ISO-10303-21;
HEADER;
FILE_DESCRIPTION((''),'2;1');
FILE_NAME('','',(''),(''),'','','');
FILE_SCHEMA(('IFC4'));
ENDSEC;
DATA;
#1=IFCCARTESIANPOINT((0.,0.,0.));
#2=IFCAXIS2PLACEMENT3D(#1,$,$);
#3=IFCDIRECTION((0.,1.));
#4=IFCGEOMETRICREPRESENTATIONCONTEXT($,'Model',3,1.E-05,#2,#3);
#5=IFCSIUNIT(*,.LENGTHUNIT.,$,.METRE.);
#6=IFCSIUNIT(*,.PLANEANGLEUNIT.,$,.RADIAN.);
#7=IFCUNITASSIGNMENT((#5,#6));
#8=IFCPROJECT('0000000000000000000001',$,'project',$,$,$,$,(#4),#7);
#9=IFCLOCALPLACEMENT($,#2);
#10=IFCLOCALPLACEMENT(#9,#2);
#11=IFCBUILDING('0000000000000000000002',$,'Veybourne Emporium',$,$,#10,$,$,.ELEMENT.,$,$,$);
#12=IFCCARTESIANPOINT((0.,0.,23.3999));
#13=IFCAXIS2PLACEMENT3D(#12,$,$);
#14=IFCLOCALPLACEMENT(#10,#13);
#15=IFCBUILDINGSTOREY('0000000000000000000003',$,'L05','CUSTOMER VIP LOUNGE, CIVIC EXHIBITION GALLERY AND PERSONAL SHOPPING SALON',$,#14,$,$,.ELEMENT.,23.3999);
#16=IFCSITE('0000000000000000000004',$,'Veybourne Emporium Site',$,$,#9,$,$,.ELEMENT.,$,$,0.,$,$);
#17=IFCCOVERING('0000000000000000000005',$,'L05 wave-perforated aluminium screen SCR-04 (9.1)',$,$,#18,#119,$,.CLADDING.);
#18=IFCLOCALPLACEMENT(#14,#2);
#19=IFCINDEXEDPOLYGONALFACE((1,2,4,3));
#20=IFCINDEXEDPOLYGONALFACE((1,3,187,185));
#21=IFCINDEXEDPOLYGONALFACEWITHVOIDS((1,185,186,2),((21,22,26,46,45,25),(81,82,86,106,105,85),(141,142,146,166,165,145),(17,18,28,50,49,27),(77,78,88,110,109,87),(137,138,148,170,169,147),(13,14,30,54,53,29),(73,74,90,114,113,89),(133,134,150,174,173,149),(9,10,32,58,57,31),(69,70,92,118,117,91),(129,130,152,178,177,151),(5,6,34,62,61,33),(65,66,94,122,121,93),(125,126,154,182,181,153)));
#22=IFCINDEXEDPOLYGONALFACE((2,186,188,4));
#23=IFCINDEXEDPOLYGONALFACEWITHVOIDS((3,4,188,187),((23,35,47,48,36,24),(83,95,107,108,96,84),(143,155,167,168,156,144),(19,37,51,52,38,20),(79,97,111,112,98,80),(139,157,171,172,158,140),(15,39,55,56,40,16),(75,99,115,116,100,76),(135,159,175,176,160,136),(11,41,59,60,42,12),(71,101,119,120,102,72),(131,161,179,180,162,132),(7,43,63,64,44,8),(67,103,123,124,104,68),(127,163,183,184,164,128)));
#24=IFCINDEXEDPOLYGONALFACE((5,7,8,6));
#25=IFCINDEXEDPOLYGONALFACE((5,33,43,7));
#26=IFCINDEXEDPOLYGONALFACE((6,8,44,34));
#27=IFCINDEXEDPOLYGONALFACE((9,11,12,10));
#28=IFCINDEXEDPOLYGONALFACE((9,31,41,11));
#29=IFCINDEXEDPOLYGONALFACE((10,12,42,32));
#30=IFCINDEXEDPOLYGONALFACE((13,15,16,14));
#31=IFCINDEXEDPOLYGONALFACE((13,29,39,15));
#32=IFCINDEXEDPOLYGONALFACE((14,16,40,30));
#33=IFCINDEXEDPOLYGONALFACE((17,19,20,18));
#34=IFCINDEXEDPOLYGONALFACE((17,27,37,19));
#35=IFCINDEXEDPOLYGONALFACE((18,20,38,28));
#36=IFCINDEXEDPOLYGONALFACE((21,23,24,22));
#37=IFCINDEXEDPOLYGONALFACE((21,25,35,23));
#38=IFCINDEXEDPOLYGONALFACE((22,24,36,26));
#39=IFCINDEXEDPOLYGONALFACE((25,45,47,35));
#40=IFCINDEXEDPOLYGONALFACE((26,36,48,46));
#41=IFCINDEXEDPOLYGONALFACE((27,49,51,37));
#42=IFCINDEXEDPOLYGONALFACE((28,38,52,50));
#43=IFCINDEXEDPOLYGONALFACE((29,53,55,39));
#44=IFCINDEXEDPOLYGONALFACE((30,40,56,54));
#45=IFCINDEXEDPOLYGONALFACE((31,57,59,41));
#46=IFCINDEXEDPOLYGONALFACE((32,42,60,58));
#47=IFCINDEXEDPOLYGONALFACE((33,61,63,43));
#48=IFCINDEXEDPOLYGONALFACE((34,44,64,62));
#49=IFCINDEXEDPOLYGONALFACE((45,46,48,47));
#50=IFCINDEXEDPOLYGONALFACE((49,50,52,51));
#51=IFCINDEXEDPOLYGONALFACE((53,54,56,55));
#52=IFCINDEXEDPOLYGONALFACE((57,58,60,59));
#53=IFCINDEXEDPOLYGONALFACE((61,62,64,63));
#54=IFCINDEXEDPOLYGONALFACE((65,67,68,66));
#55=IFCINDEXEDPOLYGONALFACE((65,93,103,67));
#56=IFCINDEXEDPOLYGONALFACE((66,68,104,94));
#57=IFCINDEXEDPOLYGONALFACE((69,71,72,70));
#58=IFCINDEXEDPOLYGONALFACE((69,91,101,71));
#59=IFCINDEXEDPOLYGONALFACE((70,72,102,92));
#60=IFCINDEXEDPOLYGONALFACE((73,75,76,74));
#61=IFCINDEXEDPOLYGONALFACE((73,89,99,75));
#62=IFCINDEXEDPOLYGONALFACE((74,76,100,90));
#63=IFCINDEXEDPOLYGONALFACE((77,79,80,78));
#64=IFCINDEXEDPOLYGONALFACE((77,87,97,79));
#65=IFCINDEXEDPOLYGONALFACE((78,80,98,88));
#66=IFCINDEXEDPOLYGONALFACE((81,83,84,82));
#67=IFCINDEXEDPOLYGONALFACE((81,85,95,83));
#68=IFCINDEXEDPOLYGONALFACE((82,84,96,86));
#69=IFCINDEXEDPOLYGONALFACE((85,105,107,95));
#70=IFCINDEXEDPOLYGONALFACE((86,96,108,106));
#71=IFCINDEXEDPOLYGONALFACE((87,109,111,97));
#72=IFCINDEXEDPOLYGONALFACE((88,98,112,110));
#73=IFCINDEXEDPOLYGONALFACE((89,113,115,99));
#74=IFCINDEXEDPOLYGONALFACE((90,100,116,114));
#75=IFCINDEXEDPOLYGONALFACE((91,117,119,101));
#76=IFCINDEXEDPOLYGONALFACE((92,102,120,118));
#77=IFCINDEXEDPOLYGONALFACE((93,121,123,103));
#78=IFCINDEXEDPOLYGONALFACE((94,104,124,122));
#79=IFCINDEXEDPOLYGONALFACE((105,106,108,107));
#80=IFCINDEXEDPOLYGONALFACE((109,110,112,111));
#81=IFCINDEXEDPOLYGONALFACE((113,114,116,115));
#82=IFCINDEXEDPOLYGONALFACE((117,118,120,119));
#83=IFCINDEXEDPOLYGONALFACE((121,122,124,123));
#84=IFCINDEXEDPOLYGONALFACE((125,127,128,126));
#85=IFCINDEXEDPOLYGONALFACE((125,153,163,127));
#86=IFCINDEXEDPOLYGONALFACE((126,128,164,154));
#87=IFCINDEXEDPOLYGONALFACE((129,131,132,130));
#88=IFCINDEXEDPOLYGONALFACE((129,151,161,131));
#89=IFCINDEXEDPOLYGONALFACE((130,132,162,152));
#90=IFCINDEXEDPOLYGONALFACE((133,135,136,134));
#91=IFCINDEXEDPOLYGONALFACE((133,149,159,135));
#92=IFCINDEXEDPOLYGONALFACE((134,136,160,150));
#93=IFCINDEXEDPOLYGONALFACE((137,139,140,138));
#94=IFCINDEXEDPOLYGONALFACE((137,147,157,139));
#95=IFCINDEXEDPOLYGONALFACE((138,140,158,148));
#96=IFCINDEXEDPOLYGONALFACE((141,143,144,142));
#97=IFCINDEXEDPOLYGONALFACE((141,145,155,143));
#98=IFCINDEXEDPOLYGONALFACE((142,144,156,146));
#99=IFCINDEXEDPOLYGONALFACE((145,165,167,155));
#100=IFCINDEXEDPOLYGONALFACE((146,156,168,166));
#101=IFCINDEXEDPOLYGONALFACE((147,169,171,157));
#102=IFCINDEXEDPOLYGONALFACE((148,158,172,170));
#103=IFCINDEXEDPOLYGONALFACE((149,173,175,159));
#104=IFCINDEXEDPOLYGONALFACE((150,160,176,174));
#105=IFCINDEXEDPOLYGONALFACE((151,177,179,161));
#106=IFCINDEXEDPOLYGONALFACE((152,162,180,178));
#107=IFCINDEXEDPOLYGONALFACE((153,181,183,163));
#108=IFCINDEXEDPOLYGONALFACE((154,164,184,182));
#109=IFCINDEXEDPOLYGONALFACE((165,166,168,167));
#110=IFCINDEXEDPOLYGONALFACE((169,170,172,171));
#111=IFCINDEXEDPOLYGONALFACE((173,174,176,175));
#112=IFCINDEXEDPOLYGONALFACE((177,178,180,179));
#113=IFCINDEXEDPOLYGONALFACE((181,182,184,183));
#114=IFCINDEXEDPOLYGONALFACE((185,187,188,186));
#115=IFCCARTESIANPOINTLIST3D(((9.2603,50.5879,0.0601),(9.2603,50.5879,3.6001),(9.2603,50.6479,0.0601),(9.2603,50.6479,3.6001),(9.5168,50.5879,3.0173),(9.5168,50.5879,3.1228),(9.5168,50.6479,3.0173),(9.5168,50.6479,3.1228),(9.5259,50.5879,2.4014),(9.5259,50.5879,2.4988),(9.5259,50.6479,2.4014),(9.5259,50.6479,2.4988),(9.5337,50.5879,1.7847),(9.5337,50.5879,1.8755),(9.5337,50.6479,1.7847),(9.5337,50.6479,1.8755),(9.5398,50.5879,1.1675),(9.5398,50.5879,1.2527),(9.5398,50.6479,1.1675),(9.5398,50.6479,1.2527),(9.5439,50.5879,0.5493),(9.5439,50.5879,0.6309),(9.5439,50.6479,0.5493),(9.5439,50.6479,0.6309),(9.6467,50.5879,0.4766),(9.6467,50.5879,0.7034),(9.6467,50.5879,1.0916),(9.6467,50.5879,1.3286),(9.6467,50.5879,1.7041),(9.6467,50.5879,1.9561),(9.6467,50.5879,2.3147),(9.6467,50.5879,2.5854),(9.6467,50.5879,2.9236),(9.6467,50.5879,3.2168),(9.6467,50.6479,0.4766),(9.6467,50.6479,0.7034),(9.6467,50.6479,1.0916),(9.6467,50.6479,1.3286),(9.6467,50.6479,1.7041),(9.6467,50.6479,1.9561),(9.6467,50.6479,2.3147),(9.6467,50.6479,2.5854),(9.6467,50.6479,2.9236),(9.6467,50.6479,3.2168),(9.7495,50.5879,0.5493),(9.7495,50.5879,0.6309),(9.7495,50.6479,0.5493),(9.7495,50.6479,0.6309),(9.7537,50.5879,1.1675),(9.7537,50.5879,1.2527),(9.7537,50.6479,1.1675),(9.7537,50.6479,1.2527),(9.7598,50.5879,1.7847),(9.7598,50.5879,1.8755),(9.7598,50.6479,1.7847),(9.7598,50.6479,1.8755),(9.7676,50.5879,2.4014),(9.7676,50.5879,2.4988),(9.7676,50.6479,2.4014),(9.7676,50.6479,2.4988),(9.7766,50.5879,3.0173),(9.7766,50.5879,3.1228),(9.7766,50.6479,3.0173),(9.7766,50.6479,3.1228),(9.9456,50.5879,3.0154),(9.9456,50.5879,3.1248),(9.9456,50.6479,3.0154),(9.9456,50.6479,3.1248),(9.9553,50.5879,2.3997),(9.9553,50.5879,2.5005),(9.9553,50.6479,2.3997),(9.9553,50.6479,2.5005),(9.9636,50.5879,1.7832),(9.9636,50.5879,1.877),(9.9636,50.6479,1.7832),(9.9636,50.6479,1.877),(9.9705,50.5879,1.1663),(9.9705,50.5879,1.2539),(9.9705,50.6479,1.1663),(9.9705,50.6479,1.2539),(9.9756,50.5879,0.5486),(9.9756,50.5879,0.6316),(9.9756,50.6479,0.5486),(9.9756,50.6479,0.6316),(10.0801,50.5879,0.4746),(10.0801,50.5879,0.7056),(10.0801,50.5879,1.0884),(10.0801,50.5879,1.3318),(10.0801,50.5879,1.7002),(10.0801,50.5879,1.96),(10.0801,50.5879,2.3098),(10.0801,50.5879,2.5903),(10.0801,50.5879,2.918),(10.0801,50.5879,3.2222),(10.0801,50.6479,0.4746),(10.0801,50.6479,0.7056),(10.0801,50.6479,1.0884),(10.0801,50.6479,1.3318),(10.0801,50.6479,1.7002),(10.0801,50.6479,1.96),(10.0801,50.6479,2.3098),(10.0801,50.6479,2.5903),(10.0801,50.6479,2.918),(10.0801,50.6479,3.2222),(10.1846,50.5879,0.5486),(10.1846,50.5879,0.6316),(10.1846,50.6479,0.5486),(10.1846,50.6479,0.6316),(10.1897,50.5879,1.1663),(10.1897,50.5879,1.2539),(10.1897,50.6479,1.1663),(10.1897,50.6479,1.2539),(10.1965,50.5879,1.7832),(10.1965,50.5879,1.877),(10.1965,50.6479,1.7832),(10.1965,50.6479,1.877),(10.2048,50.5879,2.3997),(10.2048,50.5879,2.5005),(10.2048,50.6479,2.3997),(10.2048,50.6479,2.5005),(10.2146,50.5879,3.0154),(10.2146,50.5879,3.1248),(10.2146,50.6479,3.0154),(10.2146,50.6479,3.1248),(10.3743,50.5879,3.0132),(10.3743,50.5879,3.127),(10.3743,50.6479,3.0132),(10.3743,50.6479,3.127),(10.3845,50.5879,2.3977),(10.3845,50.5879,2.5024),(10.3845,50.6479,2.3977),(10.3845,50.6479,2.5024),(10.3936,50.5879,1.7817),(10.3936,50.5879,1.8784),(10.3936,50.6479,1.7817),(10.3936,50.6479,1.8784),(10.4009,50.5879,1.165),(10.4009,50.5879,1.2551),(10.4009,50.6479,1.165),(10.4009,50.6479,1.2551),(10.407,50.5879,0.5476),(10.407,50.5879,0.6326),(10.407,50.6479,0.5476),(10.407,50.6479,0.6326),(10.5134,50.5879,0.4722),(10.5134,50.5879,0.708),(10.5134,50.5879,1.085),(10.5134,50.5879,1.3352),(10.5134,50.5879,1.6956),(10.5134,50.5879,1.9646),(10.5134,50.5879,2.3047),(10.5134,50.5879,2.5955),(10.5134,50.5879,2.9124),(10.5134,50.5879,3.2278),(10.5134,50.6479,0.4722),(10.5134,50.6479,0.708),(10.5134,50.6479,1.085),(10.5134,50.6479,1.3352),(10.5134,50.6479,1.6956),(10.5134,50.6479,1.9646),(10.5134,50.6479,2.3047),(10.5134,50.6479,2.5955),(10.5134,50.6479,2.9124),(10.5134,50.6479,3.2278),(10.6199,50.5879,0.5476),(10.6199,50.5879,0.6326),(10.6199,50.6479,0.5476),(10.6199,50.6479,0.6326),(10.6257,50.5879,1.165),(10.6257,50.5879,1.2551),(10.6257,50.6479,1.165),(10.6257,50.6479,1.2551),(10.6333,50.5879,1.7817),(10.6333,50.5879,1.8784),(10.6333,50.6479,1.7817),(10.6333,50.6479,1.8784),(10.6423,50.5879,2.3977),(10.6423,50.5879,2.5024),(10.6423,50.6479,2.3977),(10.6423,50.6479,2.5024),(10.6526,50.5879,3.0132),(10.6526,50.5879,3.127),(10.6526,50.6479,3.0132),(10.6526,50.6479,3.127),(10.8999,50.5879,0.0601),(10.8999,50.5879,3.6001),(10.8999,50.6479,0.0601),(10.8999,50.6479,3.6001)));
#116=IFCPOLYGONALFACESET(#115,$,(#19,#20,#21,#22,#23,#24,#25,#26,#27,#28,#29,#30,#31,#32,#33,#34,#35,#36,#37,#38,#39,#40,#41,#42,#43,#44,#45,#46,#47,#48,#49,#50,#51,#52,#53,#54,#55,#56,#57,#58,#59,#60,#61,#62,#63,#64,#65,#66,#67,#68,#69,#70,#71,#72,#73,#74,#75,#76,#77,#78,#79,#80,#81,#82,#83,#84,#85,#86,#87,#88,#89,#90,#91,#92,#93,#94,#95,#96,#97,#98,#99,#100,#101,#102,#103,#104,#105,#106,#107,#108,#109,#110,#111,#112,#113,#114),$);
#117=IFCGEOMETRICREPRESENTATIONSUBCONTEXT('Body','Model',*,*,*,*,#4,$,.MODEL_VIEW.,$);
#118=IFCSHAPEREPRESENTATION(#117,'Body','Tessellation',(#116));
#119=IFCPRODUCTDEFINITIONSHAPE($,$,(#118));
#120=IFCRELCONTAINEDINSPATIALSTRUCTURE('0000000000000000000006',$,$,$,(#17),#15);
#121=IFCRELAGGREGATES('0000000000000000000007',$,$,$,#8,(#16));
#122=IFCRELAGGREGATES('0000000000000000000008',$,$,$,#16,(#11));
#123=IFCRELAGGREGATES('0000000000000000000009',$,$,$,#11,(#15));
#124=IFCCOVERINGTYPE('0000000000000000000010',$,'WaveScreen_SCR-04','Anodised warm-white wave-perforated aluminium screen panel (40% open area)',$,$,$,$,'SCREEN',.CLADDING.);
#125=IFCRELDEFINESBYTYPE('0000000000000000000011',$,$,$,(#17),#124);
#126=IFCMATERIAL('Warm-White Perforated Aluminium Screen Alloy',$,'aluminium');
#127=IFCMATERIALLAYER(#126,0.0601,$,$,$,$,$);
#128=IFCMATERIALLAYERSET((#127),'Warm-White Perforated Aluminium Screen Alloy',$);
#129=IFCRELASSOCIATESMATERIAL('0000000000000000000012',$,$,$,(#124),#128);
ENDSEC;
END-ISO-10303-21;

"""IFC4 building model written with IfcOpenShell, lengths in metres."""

from ifc_helpers import new_model, si_unit, direction, frame, origin, place, context, subcontext, project, spatial, polyline, outline, extrude, material, layer, layer_set, type_object, element, save


model = new_model("IFC4")

# Units and contexts
model_context = context("Model", 3, precision=1e-05, world=origin(), true_north=direction((0.0, 1.0)))
body_context = subcontext(model_context, "Body", "Model", "MODEL_VIEW")
ifc_project = project(units=[si_unit("LENGTHUNIT", "METRE"), si_unit("PLANEANGLEUNIT", "RADIAN")], contexts=[model_context])

# Site, building, storey
site_placement = place(None, origin())
site = spatial("IfcSite", under=ifc_project, at=site_placement, Name="Veybourne Emporium Site", CompositionType="ELEMENT", RefElevation=0.0)
building_placement = place(site_placement, origin())
building = spatial("IfcBuilding", under=site, at=building_placement, Name="Veybourne Emporium", CompositionType="ELEMENT")
storey_placement = place(building_placement, frame((0.0, 0.0, 23.3999)))
storey = spatial("IfcBuildingStorey", under=building, at=storey_placement, Name="L05", Description="CUSTOMER VIP LOUNGE, CIVIC EXHIBITION GALLERY AND PERSONAL SHOPPING SALON", CompositionType="ELEMENT", Elevation=23.3999)

# Covering
ifc_material_1 = material(Name="Warm-White Perforated Aluminium Screen Alloy", Category="aluminium")
ifc_layer_1 = layer(ifc_material_1, 0.0601)
ifc_layer_set_1 = layer_set([ifc_layer_1], Name="Warm-White Perforated Aluminium Screen Alloy")
covering_type_1 = type_object("IfcCoveringType", Name="WaveScreen_SCR-04", Description="Anodised warm-white wave-perforated aluminium screen panel (40% open area)", ElementType="SCREEN", PredefinedType="CLADDING", material=ifc_layer_set_1)
covering_1_placement = place(storey_placement, frame((10.0801, 50.6479, 1.8301), z_axis=(0.0, -1.0, 0.0), x_axis=(1.0, 0.0, 0.0)))
element("IfcCovering", 1, at=covering_1_placement, inside=storey, type_object=covering_type_1, Name="L05 wave-perforated aluminium screen SCR-04 (9.1)", PredefinedType="CLADDING", context=body_context, shape_type="SweptSolid", body=[
    extrude(outline(polyline([(-0.8198, -1.77), (0.8198, -1.77), (0.8198, 1.77), (-0.8198, 1.77), (-0.8198, -1.77)]), holes=[polyline([(-0.4333, -1.1267), (-0.3306, -1.1992), (-0.3306, -1.2808), (-0.4333, -1.3535), (-0.5361, -1.2808), (-0.5361, -1.1992), (-0.4333, -1.1267)]), polyline([(-0.4333, -0.5015), (-0.3264, -0.5774), (-0.3264, -0.6626), (-0.4333, -0.7385), (-0.5403, -0.6626), (-0.5403, -0.5774), (-0.4333, -0.5015)]), polyline([(-0.4333, 0.126), (-0.3203, 0.0454), (-0.3203, -0.0454), (-0.4333, -0.126), (-0.5464, -0.0454), (-0.5464, 0.0454), (-0.4333, 0.126)]), polyline([(-0.4333, 0.7554), (-0.3125, 0.6687), (-0.3125, 0.5713), (-0.4333, 0.4846), (-0.5542, 0.5713), (-0.5542, 0.6687), (-0.4333, 0.7554)]), polyline([(-0.4333, 1.3867), (-0.3035, 1.2927), (-0.3035, 1.1873), (-0.4333, 1.0935), (-0.5632, 1.1873), (-0.5632, 1.2927), (-0.4333, 1.3867)]), polyline([(0.0, -1.1245), (0.1045, -1.1985), (0.1045, -1.2815), (0.0, -1.3555), (-0.1045, -1.2815), (-0.1045, -1.1985), (0.0, -1.1245)]), polyline([(0.0, -0.4983), (0.1096, -0.5762), (0.1096, -0.6638), (0.0, -0.7417), (-0.1096, -0.6638), (-0.1096, -0.5762), (0.0, -0.4983)]), polyline([(0.0, 0.1299), (0.1165, 0.0469), (0.1165, -0.0469), (0.0, -0.1299), (-0.1165, -0.0469), (-0.1165, 0.0469), (0.0, 0.1299)]), polyline([(0.0, 0.7603), (0.1248, 0.6704), (0.1248, 0.5696), (0.0, 0.4797), (-0.1248, 0.5696), (-0.1248, 0.6704), (0.0, 0.7603)]), polyline([(0.0, 1.3921), (0.1345, 1.2947), (0.1345, 1.1853), (0.0, 1.0879), (-0.1345, 1.1853), (-0.1345, 1.2947), (0.0, 1.3921)]), polyline([(0.4333, -1.1221), (0.5398, -1.1975), (0.5398, -1.2825), (0.4333, -1.3579), (0.3269, -1.2825), (0.3269, -1.1975), (0.4333, -1.1221)]), polyline([(0.4333, -0.4949), (0.5457, -0.575), (0.5457, -0.665), (0.4333, -0.7451), (0.3208, -0.665), (0.3208, -0.575), (0.4333, -0.4949)]), polyline([(0.4333, 0.1345), (0.5532, 0.0483), (0.5532, -0.0483), (0.4333, -0.1345), (0.3135, -0.0483), (0.3135, 0.0483), (0.4333, 0.1345)]), polyline([(0.4333, 0.7654), (0.5623, 0.6724), (0.5623, 0.5676), (0.4333, 0.4746), (0.3044, 0.5676), (0.3044, 0.6724), (0.4333, 0.7654)]), polyline([(0.4333, 1.3977), (0.5725, 1.2969), (0.5725, 1.1831), (0.4333, 1.0823), (0.2942, 1.1831), (0.2942, 1.2969), (0.4333, 1.3977)])]), origin(), (0.0, 0.0, 1.0), 0.0601),
])

save(model, "model.ifc")
